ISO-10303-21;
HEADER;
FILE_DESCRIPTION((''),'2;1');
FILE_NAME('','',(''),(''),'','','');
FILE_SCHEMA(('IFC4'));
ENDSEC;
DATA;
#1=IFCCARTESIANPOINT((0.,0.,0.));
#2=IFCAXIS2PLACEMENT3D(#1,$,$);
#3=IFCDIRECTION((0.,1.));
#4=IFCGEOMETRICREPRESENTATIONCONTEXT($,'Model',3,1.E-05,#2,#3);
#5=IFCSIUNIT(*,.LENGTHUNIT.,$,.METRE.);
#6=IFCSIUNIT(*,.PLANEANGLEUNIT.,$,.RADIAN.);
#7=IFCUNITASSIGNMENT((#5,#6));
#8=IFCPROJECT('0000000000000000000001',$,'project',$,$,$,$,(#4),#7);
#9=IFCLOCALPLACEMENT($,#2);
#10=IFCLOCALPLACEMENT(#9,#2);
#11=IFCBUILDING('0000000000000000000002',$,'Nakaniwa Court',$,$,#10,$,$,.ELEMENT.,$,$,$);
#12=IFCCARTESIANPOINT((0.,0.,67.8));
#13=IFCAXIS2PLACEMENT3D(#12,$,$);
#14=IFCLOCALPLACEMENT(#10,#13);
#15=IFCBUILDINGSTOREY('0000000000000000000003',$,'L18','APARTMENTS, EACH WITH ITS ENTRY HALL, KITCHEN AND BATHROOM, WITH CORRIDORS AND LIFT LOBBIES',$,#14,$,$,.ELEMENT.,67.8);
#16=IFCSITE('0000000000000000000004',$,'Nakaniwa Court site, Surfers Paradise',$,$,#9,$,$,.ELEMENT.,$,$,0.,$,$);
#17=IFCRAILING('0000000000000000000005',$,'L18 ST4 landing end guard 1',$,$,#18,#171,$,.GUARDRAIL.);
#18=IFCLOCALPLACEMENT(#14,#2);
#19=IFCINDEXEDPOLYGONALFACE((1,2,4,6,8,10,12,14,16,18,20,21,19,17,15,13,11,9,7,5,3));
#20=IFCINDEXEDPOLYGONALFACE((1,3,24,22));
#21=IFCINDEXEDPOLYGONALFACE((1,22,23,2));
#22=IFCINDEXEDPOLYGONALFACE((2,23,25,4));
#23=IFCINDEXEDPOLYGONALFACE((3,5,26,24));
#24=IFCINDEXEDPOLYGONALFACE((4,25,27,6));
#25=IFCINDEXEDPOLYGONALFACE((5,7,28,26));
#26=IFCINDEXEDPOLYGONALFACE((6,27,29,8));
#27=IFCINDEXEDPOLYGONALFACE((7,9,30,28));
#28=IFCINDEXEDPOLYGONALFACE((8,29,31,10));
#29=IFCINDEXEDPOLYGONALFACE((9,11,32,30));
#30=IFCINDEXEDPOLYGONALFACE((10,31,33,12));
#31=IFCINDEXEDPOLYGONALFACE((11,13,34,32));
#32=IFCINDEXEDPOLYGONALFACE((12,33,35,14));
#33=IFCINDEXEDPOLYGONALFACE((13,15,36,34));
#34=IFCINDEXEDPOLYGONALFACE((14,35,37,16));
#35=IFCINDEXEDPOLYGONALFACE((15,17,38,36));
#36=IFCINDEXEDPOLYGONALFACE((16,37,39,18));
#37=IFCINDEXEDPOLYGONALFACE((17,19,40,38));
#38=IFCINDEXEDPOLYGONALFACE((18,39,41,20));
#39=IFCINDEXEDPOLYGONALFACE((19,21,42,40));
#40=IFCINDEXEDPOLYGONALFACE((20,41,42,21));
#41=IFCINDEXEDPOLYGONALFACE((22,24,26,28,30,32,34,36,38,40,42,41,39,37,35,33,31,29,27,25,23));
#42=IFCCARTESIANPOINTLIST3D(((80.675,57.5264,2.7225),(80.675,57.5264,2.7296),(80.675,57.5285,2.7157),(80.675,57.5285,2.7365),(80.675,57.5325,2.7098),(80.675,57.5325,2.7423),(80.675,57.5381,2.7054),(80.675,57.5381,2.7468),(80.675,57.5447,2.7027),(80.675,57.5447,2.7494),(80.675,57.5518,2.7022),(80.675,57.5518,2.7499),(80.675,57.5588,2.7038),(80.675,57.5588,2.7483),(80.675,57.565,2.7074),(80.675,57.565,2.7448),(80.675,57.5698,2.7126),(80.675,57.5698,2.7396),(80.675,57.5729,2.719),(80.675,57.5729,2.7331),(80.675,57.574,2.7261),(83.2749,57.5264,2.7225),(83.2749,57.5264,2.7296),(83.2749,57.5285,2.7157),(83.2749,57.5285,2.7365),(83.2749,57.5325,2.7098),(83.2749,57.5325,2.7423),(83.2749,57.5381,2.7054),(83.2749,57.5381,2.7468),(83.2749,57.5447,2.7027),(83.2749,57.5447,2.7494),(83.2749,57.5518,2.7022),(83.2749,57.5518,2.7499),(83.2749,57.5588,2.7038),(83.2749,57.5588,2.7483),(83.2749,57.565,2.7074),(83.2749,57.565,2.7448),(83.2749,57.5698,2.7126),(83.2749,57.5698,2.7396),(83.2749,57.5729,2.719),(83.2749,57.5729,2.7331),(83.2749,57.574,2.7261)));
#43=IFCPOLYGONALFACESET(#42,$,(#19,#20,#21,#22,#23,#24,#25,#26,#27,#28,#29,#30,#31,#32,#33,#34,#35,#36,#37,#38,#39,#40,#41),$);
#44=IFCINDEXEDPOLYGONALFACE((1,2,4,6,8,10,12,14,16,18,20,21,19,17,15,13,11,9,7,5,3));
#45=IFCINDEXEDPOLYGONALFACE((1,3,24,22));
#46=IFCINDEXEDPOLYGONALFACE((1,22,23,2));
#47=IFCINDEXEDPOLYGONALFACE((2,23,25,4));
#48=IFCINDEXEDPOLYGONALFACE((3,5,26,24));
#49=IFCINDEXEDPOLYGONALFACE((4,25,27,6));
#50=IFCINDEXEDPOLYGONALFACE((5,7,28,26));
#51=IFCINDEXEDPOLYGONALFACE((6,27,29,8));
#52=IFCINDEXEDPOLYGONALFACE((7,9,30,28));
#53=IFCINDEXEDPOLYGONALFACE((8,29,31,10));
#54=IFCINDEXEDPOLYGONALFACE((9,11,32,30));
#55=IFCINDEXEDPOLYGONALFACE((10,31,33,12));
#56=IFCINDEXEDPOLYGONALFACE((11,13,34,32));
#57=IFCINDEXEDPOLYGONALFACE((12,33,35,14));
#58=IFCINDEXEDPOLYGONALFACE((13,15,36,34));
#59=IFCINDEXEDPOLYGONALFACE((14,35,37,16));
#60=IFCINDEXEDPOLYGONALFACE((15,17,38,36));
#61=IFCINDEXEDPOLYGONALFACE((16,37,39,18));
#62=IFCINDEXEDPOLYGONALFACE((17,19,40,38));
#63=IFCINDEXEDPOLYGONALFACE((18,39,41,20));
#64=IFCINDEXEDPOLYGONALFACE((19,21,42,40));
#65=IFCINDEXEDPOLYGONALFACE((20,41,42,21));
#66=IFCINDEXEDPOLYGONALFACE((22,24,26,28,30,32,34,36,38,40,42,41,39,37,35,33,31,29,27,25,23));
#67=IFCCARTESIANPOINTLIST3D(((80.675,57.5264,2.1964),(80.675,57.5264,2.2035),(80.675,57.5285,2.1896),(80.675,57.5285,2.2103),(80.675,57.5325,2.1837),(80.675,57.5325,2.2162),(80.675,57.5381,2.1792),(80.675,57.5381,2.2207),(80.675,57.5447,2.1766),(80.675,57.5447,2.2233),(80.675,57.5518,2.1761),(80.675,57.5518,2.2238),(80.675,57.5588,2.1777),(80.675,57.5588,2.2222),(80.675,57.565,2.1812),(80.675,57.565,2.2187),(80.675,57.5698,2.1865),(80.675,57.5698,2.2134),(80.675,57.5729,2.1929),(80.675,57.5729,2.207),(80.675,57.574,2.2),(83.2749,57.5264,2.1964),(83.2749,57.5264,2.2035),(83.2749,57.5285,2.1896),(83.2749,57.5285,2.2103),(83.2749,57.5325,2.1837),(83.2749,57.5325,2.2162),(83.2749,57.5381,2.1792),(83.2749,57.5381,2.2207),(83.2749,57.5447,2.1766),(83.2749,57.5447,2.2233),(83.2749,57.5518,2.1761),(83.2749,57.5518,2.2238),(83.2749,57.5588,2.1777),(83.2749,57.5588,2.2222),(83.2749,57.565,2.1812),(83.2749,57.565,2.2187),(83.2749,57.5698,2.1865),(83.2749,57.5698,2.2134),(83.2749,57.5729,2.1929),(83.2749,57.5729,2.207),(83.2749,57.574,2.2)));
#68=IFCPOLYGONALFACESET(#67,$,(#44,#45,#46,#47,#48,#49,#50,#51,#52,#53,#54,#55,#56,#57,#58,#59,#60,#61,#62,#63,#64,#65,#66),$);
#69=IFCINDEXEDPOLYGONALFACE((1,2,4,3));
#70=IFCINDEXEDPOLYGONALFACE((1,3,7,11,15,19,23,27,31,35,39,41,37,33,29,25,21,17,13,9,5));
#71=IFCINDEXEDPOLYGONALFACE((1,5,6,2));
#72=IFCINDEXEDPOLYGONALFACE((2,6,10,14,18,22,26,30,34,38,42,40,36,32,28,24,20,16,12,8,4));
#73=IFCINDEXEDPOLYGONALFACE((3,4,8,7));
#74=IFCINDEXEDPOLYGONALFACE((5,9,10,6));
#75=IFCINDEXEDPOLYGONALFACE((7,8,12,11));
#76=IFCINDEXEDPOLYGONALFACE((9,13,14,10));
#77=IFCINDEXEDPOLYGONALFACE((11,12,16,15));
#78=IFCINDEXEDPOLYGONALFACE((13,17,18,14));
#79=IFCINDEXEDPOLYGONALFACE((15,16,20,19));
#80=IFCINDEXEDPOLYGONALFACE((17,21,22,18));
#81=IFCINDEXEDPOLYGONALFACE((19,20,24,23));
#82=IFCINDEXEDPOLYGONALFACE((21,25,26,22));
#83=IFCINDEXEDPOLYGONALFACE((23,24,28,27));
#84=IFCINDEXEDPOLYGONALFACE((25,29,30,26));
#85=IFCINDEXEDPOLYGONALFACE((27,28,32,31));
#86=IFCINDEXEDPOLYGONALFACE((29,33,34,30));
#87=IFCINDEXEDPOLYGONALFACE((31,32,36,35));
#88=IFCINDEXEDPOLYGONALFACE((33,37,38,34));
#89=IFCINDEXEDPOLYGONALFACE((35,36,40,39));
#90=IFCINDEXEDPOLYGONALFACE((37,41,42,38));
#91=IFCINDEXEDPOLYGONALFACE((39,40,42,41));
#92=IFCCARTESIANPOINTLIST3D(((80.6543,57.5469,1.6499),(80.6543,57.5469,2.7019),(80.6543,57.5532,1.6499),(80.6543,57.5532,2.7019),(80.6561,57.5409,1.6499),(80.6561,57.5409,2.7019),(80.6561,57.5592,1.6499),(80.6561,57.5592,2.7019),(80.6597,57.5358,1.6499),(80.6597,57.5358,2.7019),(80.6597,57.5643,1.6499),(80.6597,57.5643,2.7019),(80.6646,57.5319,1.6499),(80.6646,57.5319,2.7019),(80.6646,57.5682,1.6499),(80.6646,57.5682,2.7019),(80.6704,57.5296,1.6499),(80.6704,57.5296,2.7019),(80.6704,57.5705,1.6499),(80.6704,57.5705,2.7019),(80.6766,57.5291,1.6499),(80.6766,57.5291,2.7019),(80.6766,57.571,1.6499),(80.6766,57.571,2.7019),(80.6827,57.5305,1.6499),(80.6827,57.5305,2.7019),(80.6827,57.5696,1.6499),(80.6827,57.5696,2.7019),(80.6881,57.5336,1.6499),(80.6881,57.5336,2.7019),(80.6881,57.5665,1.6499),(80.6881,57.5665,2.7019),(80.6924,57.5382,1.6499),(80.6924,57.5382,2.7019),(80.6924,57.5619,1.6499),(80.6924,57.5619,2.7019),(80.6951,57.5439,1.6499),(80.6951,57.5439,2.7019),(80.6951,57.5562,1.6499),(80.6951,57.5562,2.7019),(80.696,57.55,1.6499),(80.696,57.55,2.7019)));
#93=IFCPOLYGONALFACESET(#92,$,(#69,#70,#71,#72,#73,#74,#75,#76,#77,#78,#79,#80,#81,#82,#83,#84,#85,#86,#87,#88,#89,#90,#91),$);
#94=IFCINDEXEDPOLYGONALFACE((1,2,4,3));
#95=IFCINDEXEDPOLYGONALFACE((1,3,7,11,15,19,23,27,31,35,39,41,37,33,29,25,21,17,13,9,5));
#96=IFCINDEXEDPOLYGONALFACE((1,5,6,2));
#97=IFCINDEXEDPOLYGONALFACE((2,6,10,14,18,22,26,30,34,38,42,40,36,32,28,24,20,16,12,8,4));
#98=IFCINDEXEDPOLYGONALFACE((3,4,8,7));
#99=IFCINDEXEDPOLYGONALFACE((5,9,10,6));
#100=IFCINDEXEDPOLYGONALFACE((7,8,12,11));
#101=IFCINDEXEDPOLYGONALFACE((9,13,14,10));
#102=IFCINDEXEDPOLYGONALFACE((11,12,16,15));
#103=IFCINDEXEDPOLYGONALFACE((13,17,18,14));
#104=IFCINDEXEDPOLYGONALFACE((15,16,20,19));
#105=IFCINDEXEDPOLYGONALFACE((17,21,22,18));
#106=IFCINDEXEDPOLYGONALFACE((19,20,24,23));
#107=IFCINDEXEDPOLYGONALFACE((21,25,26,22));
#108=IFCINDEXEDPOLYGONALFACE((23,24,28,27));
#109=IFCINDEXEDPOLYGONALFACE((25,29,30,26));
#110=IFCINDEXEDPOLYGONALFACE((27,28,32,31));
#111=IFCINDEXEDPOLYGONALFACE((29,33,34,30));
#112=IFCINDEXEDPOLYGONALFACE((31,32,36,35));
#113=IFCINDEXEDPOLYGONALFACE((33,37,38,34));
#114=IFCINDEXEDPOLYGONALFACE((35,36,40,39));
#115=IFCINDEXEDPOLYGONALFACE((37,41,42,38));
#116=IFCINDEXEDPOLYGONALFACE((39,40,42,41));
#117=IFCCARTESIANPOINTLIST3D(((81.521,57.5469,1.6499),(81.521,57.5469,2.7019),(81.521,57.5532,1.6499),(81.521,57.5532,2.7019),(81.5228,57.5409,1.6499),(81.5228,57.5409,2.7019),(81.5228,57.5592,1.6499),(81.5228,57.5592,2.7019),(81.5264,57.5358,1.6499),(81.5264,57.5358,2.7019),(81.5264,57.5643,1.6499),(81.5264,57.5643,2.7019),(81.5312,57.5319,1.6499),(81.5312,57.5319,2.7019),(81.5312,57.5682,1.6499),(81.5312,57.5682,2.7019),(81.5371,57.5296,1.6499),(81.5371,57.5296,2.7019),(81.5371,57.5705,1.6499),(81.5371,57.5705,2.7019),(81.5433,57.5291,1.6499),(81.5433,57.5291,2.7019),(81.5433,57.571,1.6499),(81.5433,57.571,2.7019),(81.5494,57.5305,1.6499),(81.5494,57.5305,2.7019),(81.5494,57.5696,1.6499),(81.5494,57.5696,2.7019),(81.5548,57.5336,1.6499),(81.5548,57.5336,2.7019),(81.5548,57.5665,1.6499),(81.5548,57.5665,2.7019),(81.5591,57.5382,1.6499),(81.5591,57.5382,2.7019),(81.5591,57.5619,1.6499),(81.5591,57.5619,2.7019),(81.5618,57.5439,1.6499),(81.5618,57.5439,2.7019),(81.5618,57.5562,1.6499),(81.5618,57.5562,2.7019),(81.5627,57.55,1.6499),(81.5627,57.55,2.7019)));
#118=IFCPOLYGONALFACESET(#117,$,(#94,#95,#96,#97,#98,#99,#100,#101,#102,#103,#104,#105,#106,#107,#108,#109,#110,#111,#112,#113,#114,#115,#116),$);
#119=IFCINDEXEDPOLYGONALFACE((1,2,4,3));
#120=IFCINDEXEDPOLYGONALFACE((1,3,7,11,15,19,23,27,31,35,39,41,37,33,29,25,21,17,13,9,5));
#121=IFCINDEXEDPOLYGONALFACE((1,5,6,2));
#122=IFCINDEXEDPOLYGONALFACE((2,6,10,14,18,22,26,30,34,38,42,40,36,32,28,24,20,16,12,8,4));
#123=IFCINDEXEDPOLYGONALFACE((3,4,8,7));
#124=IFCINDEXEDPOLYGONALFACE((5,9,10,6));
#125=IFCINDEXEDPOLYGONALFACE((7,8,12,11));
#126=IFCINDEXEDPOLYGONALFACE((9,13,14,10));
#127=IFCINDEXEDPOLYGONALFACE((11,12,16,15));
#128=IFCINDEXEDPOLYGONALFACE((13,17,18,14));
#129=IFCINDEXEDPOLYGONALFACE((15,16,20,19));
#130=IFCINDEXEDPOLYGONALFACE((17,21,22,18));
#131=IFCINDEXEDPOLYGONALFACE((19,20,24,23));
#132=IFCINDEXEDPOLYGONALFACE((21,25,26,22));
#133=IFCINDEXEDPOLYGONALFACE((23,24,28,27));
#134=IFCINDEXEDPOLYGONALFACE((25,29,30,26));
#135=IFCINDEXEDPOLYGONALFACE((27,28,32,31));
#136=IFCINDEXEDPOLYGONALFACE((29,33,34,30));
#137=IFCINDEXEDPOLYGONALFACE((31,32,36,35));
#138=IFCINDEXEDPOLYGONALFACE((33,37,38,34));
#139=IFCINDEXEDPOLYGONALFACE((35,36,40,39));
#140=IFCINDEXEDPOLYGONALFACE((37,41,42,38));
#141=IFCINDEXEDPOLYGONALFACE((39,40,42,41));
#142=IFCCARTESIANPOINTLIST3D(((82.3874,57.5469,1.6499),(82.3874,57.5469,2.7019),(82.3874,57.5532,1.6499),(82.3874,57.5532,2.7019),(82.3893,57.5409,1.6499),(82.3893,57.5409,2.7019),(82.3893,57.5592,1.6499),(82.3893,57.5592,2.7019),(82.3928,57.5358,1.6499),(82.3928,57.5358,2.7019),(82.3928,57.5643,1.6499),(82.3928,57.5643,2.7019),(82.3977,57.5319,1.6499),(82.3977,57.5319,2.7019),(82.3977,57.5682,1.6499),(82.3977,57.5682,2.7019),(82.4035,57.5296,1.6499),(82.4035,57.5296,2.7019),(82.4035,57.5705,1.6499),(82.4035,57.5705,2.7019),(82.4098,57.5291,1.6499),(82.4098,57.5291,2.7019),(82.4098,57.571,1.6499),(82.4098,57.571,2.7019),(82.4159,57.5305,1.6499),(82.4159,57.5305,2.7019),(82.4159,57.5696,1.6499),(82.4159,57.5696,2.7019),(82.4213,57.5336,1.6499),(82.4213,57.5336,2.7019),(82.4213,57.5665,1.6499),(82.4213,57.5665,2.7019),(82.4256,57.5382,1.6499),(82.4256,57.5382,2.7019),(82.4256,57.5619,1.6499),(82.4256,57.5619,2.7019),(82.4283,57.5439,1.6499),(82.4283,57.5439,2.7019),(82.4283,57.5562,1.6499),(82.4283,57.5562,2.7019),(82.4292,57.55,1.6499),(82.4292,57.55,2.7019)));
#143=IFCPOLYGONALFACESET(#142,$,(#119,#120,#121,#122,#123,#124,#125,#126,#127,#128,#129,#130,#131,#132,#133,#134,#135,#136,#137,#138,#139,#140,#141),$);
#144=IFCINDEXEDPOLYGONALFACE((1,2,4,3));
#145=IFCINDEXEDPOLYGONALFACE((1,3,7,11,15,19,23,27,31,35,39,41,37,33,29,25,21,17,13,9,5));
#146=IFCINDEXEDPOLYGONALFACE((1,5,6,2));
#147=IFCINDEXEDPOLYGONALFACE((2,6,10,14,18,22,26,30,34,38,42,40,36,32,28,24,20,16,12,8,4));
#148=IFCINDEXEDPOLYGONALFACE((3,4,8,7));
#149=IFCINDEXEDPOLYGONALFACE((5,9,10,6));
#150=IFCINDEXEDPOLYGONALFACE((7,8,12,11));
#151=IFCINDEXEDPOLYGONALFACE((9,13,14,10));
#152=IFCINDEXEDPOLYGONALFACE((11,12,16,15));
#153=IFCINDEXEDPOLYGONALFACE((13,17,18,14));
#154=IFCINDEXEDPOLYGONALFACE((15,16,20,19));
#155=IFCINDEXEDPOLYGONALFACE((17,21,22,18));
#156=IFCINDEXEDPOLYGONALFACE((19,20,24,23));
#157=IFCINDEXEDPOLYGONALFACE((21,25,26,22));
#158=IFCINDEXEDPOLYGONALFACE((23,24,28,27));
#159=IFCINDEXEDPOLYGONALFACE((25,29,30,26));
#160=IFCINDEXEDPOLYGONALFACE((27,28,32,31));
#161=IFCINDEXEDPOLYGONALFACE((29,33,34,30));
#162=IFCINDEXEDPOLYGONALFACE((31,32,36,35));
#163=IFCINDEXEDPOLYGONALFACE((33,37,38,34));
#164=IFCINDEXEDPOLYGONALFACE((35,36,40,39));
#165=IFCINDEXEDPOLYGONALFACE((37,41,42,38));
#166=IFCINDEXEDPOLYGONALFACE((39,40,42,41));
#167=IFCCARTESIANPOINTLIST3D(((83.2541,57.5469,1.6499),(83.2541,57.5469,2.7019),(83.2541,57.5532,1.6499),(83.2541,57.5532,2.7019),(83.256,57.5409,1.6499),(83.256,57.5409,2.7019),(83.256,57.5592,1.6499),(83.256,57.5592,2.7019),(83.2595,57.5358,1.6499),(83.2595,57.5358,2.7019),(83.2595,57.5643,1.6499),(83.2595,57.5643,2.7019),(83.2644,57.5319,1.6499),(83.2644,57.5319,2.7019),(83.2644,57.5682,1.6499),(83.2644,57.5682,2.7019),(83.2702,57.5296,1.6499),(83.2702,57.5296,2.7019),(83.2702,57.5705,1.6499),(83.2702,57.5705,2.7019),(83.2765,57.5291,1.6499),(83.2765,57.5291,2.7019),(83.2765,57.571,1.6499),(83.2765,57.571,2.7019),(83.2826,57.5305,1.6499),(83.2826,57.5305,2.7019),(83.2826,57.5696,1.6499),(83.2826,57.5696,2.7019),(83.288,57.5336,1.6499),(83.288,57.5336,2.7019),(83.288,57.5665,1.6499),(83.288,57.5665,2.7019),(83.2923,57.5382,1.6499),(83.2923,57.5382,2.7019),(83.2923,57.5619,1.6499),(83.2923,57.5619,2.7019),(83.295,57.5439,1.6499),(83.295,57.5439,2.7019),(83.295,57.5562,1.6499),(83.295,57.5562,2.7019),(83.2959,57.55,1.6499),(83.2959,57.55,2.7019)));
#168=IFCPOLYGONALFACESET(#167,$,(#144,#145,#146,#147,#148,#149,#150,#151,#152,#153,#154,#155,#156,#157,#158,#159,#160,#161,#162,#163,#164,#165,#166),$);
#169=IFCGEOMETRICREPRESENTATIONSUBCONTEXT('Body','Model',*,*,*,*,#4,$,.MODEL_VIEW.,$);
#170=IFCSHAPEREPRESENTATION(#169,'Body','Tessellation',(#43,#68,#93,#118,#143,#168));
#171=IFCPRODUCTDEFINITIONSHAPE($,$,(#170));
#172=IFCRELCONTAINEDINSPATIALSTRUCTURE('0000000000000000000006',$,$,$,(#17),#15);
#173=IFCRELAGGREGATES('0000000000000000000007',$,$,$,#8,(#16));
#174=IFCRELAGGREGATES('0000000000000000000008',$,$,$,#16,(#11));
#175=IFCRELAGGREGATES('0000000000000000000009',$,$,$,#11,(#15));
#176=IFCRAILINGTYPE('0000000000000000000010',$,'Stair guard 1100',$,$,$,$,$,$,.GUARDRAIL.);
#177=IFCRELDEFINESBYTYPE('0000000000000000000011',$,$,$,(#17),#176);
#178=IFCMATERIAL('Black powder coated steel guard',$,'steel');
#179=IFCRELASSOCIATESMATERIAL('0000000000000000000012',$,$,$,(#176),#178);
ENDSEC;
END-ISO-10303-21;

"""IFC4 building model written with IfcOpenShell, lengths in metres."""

from ifc_helpers import new_model, si_unit, direction, frame, origin, origin_2d, place, context, subcontext, project, spatial, circle, extrude, material, type_object, element, save


model = new_model("IFC4")

# Units and contexts
model_context = context("Model", 3, precision=1e-05, world=origin(), true_north=direction((0.0, 1.0)))
body_context = subcontext(model_context, "Body", "Model", "MODEL_VIEW")
ifc_project = project(units=[si_unit("LENGTHUNIT", "METRE"), si_unit("PLANEANGLEUNIT", "RADIAN")], contexts=[model_context])

# Site, building, storey
site_placement = place(None, origin())
site = spatial("IfcSite", under=ifc_project, at=site_placement, Name="Nakaniwa Court site, Surfers Paradise", CompositionType="ELEMENT", RefElevation=0.0)
building_placement = place(site_placement, origin())
building = spatial("IfcBuilding", under=site, at=building_placement, Name="Nakaniwa Court", CompositionType="ELEMENT")
storey_placement = place(building_placement, frame((0.0, 0.0, 67.8)))
storey = spatial("IfcBuildingStorey", under=building, at=storey_placement, Name="L18", Description="APARTMENTS, EACH WITH ITS ENTRY HALL, KITCHEN AND BATHROOM, WITH CORRIDORS AND LIFT LOBBIES", CompositionType="ELEMENT", Elevation=67.8)

# Railing
ifc_material_1 = material(Name="Black powder coated steel guard", Category="steel")
railing_type_1 = type_object("IfcRailingType", Name="Stair guard 1100", PredefinedType="GUARDRAIL", material=ifc_material_1)
railing_1_placement = place(storey_placement, frame((80.675, 57.55, 1.6499)))
element("IfcRailing", 1, at=railing_1_placement, inside=storey, type_object=railing_type_1, Name="L18 ST4 landing end guard 1", PredefinedType="GUARDRAIL", context=body_context, shape_type="SweptSolid", body=[
    extrude(circle(Radius=0.0239, at=origin_2d()), frame((0.0, 0.0, 1.0762), z_axis=(1.0, 0.0, 0.0), x_axis=(0.0, 1.0, 0.0)), (0.0, 0.0, 1.0), 2.5999),
    extrude(circle(Radius=0.0239, at=origin_2d()), frame((0.0, 0.0, 0.55), z_axis=(1.0, 0.0, 0.0), x_axis=(0.0, 1.0, 0.0)), (0.0, 0.0, 1.0), 2.5999),
    extrude(circle(Radius=0.021, at=origin_2d()), origin(), (0.0, 0.0, 1.0), 1.052),
    extrude(circle(Radius=0.021, at=origin_2d()), frame((0.8667, 0.0, 0.0)), (0.0, 0.0, 1.0), 1.052),
    extrude(circle(Radius=0.021, at=origin_2d()), frame((1.7332, 0.0, 0.0)), (0.0, 0.0, 1.0), 1.052),
    extrude(circle(Radius=0.021, at=origin_2d()), frame((2.5999, 0.0, 0.0)), (0.0, 0.0, 1.0), 1.052),
])

save(model, "model.ifc")
